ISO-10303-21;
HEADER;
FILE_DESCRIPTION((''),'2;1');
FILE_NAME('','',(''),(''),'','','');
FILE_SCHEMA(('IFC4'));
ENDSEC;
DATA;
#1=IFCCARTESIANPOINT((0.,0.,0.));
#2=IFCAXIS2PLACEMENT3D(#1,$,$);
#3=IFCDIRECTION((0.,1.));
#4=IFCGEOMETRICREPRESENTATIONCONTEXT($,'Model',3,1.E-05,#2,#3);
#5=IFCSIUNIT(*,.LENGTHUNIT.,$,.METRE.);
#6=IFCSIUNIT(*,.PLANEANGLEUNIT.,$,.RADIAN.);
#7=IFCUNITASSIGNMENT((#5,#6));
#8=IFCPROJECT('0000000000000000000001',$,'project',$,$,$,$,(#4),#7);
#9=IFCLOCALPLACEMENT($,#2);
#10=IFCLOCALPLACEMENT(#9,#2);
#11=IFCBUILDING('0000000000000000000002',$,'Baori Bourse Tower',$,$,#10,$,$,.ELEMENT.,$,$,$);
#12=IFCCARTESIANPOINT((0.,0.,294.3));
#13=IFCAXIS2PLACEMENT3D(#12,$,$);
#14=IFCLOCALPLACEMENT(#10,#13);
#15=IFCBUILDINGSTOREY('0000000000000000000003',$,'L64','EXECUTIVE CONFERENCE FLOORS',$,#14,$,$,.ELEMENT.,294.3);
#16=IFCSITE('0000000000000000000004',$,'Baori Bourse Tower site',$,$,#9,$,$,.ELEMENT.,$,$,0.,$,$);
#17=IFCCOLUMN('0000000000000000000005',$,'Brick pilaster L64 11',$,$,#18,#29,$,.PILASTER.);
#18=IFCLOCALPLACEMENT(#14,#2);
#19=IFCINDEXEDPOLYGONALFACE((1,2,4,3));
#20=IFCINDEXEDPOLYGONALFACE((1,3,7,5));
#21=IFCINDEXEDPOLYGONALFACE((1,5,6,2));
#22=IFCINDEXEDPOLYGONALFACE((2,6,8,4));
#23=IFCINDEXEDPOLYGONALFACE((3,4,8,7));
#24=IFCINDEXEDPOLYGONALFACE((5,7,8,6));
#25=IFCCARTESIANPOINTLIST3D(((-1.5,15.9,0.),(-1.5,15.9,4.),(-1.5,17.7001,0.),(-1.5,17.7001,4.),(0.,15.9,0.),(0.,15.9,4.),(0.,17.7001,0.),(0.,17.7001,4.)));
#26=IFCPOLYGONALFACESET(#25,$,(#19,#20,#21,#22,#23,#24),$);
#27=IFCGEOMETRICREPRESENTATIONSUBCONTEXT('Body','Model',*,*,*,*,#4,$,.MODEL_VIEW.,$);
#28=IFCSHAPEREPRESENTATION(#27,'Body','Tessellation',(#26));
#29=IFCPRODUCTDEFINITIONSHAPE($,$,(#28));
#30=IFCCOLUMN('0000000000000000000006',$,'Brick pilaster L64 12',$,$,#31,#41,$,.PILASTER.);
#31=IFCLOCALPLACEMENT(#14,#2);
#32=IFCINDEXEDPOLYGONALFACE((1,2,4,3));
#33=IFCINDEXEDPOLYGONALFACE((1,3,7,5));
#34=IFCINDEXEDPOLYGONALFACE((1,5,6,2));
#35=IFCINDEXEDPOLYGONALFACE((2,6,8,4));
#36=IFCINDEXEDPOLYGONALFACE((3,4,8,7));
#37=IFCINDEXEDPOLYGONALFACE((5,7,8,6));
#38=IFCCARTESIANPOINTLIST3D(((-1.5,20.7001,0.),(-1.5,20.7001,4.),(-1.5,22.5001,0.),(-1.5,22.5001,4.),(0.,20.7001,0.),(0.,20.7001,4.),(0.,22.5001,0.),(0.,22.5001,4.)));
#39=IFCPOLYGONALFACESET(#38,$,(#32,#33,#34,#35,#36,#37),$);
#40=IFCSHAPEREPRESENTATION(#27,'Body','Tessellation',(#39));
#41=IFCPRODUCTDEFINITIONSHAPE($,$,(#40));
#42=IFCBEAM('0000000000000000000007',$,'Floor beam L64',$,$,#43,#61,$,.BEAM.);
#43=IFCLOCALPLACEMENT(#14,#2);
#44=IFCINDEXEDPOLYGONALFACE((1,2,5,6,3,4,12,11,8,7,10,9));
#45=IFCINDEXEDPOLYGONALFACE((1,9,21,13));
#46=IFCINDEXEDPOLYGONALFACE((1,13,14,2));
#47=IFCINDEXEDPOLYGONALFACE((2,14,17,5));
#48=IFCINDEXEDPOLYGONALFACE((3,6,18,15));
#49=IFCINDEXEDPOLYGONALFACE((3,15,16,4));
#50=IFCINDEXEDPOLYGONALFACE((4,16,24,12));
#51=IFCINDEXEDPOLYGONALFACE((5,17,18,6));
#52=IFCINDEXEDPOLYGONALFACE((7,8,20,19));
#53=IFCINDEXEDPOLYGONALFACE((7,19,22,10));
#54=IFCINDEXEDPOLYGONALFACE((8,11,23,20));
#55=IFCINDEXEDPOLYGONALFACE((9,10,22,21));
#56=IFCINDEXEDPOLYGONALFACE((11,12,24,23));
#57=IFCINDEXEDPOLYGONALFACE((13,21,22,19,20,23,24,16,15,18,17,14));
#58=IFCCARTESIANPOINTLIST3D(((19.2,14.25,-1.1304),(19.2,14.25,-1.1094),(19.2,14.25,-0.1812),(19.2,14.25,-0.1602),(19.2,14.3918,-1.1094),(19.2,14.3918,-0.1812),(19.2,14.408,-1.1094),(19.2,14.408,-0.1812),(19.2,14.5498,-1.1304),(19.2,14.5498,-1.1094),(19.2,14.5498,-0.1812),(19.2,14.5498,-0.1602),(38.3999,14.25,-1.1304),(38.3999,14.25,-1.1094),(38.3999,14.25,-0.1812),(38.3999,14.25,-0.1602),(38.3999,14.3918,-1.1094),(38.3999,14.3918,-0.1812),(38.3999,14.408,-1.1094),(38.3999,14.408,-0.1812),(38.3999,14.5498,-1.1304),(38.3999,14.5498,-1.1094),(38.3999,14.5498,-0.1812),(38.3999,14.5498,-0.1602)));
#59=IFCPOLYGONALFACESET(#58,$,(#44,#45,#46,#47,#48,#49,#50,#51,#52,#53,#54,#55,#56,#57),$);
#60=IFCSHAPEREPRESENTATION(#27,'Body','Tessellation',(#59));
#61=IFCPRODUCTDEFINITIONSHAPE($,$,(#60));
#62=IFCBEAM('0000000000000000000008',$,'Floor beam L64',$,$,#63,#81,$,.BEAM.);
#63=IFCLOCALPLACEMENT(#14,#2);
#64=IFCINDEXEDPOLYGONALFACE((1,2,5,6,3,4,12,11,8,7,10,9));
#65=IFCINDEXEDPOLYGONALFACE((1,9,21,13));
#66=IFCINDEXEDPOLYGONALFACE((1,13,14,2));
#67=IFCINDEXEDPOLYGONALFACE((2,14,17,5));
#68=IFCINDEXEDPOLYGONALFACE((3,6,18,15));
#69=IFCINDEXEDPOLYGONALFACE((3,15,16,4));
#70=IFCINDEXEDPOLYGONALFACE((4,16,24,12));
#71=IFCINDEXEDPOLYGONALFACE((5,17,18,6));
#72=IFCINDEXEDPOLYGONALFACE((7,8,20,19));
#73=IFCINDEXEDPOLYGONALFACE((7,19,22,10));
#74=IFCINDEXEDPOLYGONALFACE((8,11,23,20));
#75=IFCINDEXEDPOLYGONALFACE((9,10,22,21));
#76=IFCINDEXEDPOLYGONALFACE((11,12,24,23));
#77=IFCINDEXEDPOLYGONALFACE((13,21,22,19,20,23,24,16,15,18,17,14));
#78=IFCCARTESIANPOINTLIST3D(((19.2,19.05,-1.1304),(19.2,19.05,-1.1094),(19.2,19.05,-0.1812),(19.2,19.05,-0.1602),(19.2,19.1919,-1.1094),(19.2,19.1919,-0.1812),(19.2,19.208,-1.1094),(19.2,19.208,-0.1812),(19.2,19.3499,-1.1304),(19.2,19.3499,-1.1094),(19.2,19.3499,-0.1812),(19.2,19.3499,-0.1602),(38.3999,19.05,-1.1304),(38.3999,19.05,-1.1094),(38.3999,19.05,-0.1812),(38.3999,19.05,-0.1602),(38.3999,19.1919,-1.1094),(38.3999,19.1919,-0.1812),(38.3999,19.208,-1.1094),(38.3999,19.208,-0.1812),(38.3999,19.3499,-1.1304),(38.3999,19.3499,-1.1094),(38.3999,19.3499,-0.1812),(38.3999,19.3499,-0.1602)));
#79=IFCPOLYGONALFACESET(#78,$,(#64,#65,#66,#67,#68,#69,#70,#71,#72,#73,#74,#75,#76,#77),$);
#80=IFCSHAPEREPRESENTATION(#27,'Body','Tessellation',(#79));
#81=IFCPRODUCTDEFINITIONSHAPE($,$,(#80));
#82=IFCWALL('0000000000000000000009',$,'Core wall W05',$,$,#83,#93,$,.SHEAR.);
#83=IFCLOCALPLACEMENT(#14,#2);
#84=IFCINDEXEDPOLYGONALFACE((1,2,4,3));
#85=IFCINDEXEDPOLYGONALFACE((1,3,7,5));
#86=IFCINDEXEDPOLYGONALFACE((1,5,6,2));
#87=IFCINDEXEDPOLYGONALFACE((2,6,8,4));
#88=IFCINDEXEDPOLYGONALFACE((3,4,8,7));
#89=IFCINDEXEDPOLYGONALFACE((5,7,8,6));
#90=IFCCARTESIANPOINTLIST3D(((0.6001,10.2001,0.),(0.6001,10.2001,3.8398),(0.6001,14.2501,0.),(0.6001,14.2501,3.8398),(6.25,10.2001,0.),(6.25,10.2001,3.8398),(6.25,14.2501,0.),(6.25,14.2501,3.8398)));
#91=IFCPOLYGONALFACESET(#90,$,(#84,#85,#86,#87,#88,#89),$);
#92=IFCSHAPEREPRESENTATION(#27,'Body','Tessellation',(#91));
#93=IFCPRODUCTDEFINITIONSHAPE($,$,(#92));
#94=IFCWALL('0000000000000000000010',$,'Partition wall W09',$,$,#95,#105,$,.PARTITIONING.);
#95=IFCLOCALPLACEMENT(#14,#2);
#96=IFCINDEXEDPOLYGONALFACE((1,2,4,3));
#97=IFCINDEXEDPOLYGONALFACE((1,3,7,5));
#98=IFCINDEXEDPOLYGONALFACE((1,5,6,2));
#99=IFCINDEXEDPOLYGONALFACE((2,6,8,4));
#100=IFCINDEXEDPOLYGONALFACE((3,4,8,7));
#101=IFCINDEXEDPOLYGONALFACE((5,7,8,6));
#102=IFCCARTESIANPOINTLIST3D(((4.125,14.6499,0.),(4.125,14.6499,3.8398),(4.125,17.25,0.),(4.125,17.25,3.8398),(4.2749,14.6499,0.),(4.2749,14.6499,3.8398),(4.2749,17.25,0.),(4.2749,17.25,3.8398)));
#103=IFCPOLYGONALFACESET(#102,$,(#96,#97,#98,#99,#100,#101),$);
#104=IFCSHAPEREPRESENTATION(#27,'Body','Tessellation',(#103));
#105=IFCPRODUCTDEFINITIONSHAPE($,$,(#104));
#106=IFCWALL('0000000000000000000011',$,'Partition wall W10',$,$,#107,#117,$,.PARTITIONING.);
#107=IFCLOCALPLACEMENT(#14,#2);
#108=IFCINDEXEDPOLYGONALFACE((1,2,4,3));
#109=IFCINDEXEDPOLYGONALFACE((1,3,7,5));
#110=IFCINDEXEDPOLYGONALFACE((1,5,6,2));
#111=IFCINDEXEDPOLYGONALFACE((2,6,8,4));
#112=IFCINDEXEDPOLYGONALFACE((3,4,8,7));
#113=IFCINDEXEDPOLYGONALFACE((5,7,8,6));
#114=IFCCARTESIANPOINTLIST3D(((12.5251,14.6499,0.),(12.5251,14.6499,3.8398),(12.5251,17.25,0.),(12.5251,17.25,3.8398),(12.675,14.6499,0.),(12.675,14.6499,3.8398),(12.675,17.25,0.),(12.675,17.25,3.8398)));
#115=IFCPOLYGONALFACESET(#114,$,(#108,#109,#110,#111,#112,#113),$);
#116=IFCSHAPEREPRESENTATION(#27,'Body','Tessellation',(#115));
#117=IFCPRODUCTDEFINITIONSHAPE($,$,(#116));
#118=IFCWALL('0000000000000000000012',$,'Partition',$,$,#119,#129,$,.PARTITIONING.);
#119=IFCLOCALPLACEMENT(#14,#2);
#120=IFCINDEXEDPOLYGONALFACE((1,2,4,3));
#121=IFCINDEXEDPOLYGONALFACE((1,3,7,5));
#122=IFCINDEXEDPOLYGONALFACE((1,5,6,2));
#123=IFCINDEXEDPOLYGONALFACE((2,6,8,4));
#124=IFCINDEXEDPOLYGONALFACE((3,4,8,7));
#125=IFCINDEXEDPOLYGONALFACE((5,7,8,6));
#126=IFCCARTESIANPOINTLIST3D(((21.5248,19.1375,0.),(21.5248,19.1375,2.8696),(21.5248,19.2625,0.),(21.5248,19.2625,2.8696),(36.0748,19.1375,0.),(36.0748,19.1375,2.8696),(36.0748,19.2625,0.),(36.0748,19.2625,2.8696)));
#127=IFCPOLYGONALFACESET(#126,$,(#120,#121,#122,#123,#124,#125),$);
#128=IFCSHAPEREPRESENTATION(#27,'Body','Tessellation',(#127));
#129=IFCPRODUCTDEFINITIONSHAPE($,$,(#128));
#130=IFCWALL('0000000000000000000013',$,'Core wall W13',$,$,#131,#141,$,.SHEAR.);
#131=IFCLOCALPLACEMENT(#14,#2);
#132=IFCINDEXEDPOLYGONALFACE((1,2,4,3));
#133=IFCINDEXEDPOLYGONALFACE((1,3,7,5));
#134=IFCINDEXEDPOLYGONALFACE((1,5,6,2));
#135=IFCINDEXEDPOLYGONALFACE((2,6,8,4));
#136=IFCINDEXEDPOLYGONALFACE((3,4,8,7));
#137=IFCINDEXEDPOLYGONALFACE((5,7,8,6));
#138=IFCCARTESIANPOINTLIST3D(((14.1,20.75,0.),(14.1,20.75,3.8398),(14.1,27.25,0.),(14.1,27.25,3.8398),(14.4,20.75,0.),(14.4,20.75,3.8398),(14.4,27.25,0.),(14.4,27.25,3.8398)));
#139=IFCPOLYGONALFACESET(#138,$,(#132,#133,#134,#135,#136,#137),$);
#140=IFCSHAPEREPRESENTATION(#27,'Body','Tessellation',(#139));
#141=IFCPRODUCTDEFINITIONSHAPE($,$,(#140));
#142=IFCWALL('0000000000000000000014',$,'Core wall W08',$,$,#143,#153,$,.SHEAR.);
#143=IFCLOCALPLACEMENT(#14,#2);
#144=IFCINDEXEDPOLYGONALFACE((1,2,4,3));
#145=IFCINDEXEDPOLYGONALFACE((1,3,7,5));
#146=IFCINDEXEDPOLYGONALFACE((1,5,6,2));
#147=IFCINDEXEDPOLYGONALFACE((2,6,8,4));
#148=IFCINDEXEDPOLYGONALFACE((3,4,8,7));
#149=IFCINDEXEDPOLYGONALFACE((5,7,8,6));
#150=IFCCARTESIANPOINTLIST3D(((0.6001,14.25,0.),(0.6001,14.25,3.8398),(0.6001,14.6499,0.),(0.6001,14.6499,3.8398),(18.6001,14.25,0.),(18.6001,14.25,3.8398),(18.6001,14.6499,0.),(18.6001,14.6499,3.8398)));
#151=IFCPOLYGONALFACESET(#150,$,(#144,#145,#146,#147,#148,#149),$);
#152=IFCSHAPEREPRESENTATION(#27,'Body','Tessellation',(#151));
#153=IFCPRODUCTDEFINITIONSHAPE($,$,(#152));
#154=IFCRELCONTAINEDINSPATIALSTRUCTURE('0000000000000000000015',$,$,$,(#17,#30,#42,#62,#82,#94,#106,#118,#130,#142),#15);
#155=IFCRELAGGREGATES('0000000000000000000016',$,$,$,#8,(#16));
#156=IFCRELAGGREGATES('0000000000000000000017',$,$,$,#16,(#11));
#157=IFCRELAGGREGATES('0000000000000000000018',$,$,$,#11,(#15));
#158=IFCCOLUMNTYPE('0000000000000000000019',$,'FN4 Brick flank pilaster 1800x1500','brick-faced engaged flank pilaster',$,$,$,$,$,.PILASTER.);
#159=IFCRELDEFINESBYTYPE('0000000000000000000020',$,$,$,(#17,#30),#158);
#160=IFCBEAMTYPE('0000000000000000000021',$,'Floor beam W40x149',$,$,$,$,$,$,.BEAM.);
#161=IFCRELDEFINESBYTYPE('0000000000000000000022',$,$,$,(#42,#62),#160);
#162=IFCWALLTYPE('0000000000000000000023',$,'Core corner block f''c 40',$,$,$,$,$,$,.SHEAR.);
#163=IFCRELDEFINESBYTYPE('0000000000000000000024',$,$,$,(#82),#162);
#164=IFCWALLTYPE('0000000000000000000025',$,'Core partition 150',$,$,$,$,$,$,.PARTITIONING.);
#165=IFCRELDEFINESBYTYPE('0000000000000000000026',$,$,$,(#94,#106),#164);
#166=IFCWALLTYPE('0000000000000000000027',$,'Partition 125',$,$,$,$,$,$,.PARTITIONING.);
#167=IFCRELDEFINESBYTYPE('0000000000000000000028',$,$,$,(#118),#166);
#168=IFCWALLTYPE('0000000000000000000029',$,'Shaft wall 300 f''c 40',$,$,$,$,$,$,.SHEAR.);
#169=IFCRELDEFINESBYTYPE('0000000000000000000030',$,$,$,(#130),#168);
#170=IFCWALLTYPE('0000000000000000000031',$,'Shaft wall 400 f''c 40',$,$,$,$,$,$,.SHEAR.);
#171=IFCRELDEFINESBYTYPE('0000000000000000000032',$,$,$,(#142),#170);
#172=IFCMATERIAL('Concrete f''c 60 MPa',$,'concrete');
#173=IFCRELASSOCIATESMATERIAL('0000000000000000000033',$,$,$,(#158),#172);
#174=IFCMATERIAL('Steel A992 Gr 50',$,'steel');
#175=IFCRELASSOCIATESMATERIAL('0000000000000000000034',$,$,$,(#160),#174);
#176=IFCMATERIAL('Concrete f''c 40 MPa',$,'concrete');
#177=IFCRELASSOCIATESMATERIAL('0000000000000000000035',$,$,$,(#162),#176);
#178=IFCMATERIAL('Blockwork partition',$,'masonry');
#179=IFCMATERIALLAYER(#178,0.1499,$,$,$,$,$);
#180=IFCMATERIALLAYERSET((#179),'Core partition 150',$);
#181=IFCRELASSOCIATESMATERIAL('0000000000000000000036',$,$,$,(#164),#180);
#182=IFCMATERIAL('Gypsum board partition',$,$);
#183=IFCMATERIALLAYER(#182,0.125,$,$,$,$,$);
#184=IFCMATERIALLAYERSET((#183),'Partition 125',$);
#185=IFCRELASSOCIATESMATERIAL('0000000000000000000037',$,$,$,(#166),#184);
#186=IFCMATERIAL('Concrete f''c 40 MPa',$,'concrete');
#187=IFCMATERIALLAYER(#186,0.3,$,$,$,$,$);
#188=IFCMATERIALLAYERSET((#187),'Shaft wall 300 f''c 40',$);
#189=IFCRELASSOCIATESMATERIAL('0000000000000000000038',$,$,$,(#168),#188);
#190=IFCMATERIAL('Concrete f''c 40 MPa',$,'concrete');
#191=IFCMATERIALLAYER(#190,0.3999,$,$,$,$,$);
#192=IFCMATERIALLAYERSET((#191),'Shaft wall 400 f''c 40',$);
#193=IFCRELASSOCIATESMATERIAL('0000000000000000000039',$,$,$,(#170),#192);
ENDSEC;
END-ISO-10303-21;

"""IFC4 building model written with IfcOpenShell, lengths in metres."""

from ifc_helpers import new_model, si_unit, direction, frame, frame_2d, origin, origin_2d, place, context, subcontext, project, spatial, rectangle, i_section, extrude, material, layer, layer_set, material_profile, profile_set, type_object, element, save


model = new_model("IFC4")

# Units and contexts
model_context = context("Model", 3, precision=1e-05, world=origin(), true_north=direction((0.0, 1.0)))
body_context = subcontext(model_context, "Body", "Model", "MODEL_VIEW")
ifc_project = project(units=[si_unit("LENGTHUNIT", "METRE"), si_unit("PLANEANGLEUNIT", "RADIAN")], contexts=[model_context])

# Site, building, storey
site_placement = place(None, origin())
site = spatial("IfcSite", under=ifc_project, at=site_placement, Name="Baori Bourse Tower site", CompositionType="ELEMENT", RefElevation=0.0)
building_placement = place(site_placement, origin())
building = spatial("IfcBuilding", under=site, at=building_placement, Name="Baori Bourse Tower", CompositionType="ELEMENT")
storey_placement = place(building_placement, frame((0.0, 0.0, 294.3)))
storey = spatial("IfcBuildingStorey", under=building, at=storey_placement, Name="L64", Description="EXECUTIVE CONFERENCE FLOORS", CompositionType="ELEMENT", Elevation=294.3)

# Columns
ifc_material_1 = material(Name="Concrete f'c 60 MPa", Category="concrete")
ifc_material_profile_1 = material_profile(ifc_material_1, rectangle(XDim=1.8, YDim=1.5, at=origin_2d()), Name="RC 1800x1500")
ifc_profile_set_1 = profile_set([ifc_material_profile_1], Name="Concrete f'c 60 MPa")
column_type = type_object("IfcColumnType", Name="FN4 Brick flank pilaster 1800x1500", Description="brick-faced engaged flank pilaster", PredefinedType="PILASTER", material=ifc_profile_set_1)
for number, where, z_axis, x_axis, name in (
    (1, (-0.75, 16.8, 0.0), (0.0, 0.0, 1.0), (0.0, 1.0, 0.0), "Brick pilaster L64 11"),
    (2, (-0.75, 21.6001, 0.0), (0.0, 0.0, 1.0), (0.0, 1.0, 0.0), "Brick pilaster L64 12"),
):
    element("IfcColumn", number, at=place(storey_placement, frame(where, z_axis=z_axis, x_axis=x_axis)), inside=storey, type_object=column_type, Name=name, PredefinedType="PILASTER", context=body_context, shape_type="SweptSolid", body=[
        extrude(rectangle(XDim=1.8, YDim=1.5, at=origin_2d()), origin(), (0.0, 0.0, 1.0), 4.0),
    ])

# Beams
ifc_material_2 = material(Name="Steel A992 Gr 50", Category="steel")
ifc_material_profile_2 = material_profile(ifc_material_2, i_section(OverallWidth=0.2998, OverallDepth=0.9702, WebThickness=0.0161, FlangeThickness=0.021, at=origin_2d()), Name="W40x149")
ifc_profile_set_2 = profile_set([ifc_material_profile_2], Name="Steel A992 Gr 50")
beam_type = type_object("IfcBeamType", Name="Floor beam W40x149", PredefinedType="BEAM", material=ifc_profile_set_2)
for number, where, z_axis, x_axis, name in (
    (3, (19.2, 14.3999, -0.6453), (1.0, 0.0, 0.0), (0.0, 1.0, 0.0), "Floor beam L64"),
    (4, (19.2, 19.2, -0.6453), (1.0, 0.0, 0.0), (0.0, 1.0, 0.0), "Floor beam L64"),
):
    element("IfcBeam", number, at=place(storey_placement, frame(where, z_axis=z_axis, x_axis=x_axis)), inside=storey, type_object=beam_type, Name=name, PredefinedType="BEAM", context=body_context, shape_type="SweptSolid", body=[
        extrude(i_section(OverallWidth=0.2998, OverallDepth=0.9702, WebThickness=0.0161, FlangeThickness=0.021, at=origin_2d()), origin(), (0.0, 0.0, 1.0), 19.2),
    ])

# Walls
ifc_material_3 = material(Name="Concrete f'c 40 MPa", Category="concrete")
wall_type_1 = type_object("IfcWallType", Name="Core corner block f'c 40", PredefinedType="SHEAR", material=ifc_material_3)
wall_1_placement = place(storey_placement, frame((0.6001, 12.2251, 0.0), z_axis=(0.0, 0.0, 1.0), x_axis=(1.0, 0.0, 0.0)))
element("IfcWall", 5, at=wall_1_placement, inside=storey, type_object=wall_type_1, Name="Core wall W05", PredefinedType="SHEAR", context=body_context, shape_type="SweptSolid", body=[
    extrude(rectangle(XDim=5.6499, YDim=4.05, at=frame_2d((2.825, 0.0))), origin(), (0.0, 0.0, 1.0), 3.8398),
])
ifc_material_4 = material(Name="Blockwork partition", Category="masonry")
ifc_layer_1 = layer(ifc_material_4, 0.1499)
ifc_layer_set_1 = layer_set([ifc_layer_1], Name="Core partition 150")
wall_type_2 = type_object("IfcWallType", Name="Core partition 150", PredefinedType="PARTITIONING", material=ifc_layer_set_1)
for number, where, z_axis, x_axis, name in (
    (6, (4.2, 14.6499, 0.0), (0.0, 0.0, 1.0), (0.0, 1.0, 0.0), "Partition wall W09"),
    (7, (12.6001, 14.6499, 0.0), (0.0, 0.0, 1.0), (0.0, 1.0, 0.0), "Partition wall W10"),
):
    element("IfcWall", number, at=place(storey_placement, frame(where, z_axis=z_axis, x_axis=x_axis)), inside=storey, type_object=wall_type_2, Name=name, PredefinedType="PARTITIONING", context=body_context, shape_type="SweptSolid", body=[
        extrude(rectangle(XDim=2.6001, YDim=0.1499, at=frame_2d((1.3, 0.0))), origin(), (0.0, 0.0, 1.0), 3.8398),
    ])
ifc_material_5 = material(Name="Gypsum board partition")
ifc_layer_2 = layer(ifc_material_5, 0.125)
ifc_layer_set_2 = layer_set([ifc_layer_2], Name="Partition 125")
wall_type_3 = type_object("IfcWallType", Name="Partition 125", PredefinedType="PARTITIONING", material=ifc_layer_set_2)
wall_2_placement = place(storey_placement, frame((21.5249, 19.2, 0.0), z_axis=(0.0, 0.0, 1.0), x_axis=(1.0, 0.0, 0.0)))
element("IfcWall", 8, at=wall_2_placement, inside=storey, type_object=wall_type_3, Name="Partition", PredefinedType="PARTITIONING", context=body_context, shape_type="SweptSolid", body=[
    extrude(rectangle(XDim=14.55, YDim=0.125, at=frame_2d((7.2749, 0.0))), origin(), (0.0, 0.0, 1.0), 2.8696),
])
ifc_material_6 = material(Name="Concrete f'c 40 MPa", Category="concrete")
ifc_layer_3 = layer(ifc_material_6, 0.3)
ifc_layer_set_3 = layer_set([ifc_layer_3], Name="Shaft wall 300 f'c 40")
wall_type_4 = type_object("IfcWallType", Name="Shaft wall 300 f'c 40", PredefinedType="SHEAR", material=ifc_layer_set_3)
wall_3_placement = place(storey_placement, frame((14.25, 20.75, 0.0), z_axis=(0.0, 0.0, 1.0), x_axis=(0.0, 1.0, 0.0)))
element("IfcWall", 9, at=wall_3_placement, inside=storey, type_object=wall_type_4, Name="Core wall W13", PredefinedType="SHEAR", context=body_context, shape_type="SweptSolid", body=[
    extrude(rectangle(XDim=6.5, YDim=0.3, at=frame_2d((3.25, 0.0))), origin(), (0.0, 0.0, 1.0), 3.8398),
])
ifc_material_7 = material(Name="Concrete f'c 40 MPa", Category="concrete")
ifc_layer_4 = layer(ifc_material_7, 0.3999)
ifc_layer_set_4 = layer_set([ifc_layer_4], Name="Shaft wall 400 f'c 40")
wall_type_5 = type_object("IfcWallType", Name="Shaft wall 400 f'c 40", PredefinedType="SHEAR", material=ifc_layer_set_4)
wall_4_placement = place(storey_placement, frame((0.6001, 14.45, 0.0), z_axis=(0.0, 0.0, 1.0), x_axis=(1.0, 0.0, 0.0)))
element("IfcWall", 10, at=wall_4_placement, inside=storey, type_object=wall_type_5, Name="Core wall W08", PredefinedType="SHEAR", context=body_context, shape_type="SweptSolid", body=[
    extrude(rectangle(XDim=18.0, YDim=0.3999, at=frame_2d((9.0, 0.0))), origin(), (0.0, 0.0, 1.0), 3.8398),
])

save(model, "model.ifc")
